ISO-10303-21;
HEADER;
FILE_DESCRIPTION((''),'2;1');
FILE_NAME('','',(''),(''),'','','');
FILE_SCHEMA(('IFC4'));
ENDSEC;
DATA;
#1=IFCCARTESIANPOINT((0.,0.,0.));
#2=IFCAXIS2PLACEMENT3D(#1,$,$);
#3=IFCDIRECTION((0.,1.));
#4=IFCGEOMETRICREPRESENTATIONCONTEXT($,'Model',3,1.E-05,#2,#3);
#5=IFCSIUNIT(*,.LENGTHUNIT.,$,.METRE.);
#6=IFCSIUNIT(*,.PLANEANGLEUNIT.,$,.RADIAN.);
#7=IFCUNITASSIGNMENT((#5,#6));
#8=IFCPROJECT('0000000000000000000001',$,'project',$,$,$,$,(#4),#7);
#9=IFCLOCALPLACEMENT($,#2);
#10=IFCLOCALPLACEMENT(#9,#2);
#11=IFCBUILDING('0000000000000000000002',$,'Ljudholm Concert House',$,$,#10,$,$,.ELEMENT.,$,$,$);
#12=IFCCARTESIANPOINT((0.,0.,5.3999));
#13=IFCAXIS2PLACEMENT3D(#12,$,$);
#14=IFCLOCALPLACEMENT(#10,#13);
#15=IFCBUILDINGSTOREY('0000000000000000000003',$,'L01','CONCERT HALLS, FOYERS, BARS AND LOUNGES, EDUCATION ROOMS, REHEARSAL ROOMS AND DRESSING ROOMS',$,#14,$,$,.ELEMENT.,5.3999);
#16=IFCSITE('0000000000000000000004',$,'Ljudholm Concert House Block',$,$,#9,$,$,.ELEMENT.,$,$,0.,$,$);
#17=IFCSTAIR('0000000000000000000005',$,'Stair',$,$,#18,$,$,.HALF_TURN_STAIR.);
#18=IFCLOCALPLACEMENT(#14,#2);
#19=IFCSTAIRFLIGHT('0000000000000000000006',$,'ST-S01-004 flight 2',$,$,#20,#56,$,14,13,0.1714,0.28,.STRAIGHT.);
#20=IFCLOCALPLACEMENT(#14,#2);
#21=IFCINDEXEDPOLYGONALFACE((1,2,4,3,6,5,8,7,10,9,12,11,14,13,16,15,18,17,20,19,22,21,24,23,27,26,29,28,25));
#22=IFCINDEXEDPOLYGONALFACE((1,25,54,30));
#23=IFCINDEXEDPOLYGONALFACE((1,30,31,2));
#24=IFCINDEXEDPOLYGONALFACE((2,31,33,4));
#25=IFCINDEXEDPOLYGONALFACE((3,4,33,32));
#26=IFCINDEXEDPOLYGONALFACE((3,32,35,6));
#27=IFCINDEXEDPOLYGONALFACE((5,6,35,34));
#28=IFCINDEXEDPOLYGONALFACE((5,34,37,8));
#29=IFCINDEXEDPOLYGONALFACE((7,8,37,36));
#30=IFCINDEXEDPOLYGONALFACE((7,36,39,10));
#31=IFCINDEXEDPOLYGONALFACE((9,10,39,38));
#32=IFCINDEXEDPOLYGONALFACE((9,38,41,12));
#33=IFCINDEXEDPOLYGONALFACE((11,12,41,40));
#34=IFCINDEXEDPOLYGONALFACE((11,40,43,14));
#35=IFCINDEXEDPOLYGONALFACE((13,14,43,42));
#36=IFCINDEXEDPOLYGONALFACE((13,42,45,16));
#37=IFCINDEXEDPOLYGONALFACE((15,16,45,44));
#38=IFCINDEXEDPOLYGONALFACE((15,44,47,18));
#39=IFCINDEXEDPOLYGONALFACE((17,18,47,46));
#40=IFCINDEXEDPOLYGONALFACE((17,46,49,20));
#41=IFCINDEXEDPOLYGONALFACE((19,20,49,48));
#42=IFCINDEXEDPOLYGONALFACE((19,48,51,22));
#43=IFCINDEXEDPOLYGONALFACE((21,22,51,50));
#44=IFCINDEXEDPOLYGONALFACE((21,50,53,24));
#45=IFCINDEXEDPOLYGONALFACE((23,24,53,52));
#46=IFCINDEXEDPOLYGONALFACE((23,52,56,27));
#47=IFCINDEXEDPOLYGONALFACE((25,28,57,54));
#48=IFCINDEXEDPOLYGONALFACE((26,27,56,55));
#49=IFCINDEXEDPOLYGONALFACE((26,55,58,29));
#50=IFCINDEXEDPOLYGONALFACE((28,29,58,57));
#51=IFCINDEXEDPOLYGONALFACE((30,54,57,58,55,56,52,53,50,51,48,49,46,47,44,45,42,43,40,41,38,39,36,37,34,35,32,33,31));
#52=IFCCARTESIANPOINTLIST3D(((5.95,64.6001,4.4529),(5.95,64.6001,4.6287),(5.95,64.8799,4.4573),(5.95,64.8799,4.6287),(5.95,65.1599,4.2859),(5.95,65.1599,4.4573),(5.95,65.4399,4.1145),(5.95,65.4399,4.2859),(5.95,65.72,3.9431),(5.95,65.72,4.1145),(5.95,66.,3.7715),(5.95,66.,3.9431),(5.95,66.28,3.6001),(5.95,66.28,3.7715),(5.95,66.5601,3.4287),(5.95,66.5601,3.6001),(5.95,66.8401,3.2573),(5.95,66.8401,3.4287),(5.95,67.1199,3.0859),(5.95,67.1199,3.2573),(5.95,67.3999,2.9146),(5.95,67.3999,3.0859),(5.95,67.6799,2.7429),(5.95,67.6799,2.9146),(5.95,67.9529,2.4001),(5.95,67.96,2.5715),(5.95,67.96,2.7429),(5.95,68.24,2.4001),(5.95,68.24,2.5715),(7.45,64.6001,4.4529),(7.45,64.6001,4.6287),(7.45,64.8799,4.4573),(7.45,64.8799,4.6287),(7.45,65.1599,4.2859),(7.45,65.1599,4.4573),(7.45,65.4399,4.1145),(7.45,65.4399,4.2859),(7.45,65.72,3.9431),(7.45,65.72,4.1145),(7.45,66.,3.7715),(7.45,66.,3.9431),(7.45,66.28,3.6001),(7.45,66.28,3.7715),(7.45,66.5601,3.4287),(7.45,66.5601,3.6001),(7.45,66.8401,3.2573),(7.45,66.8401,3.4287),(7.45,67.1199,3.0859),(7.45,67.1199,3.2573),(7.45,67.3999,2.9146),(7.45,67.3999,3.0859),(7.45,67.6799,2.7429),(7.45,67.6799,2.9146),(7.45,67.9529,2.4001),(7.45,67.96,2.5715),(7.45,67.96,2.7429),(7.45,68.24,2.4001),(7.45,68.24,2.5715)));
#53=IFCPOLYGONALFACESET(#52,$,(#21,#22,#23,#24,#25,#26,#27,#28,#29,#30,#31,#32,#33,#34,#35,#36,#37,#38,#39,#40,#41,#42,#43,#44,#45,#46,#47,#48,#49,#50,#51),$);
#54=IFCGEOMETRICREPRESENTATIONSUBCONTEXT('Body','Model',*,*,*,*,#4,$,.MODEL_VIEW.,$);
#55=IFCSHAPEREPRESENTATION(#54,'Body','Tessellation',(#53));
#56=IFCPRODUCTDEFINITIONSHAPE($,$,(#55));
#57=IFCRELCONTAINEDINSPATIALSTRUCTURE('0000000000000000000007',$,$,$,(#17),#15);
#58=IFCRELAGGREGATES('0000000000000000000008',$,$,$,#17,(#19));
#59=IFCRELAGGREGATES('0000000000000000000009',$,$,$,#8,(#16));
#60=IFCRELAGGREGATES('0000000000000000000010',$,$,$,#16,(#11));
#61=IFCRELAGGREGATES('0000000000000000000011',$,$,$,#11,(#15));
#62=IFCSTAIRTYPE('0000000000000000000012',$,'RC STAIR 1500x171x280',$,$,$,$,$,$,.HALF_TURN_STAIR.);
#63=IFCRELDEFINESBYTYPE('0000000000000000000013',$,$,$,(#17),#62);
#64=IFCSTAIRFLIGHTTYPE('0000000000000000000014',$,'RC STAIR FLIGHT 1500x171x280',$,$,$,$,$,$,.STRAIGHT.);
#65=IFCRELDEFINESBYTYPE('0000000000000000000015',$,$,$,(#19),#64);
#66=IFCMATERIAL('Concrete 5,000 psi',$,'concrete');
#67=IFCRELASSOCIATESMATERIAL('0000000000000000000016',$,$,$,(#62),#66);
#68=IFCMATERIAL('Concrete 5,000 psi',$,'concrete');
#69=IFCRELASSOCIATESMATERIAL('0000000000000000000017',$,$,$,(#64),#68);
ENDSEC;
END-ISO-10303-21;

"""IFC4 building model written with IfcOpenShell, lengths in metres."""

from ifc_helpers import new_model, si_unit, direction, frame, origin, place, context, subcontext, project, spatial, polyline, outline, extrude, material, type_object, element, aggregate, save


model = new_model("IFC4")

# Units and contexts
model_context = context("Model", 3, precision=1e-05, world=origin(), true_north=direction((0.0, 1.0)))
body_context = subcontext(model_context, "Body", "Model", "MODEL_VIEW")
ifc_project = project(units=[si_unit("LENGTHUNIT", "METRE"), si_unit("PLANEANGLEUNIT", "RADIAN")], contexts=[model_context])

# Site, building, storey
site_placement = place(None, origin())
site = spatial("IfcSite", under=ifc_project, at=site_placement, Name="Ljudholm Concert House Block", CompositionType="ELEMENT", RefElevation=0.0)
building_placement = place(site_placement, origin())
building = spatial("IfcBuilding", under=site, at=building_placement, Name="Ljudholm Concert House", CompositionType="ELEMENT")
storey_placement = place(building_placement, frame((0.0, 0.0, 5.3999)))
storey = spatial("IfcBuildingStorey", under=building, at=storey_placement, Name="L01", Description="CONCERT HALLS, FOYERS, BARS AND LOUNGES, EDUCATION ROOMS, REHEARSAL ROOMS AND DRESSING ROOMS", CompositionType="ELEMENT", Elevation=5.3999)

# Stair, stair flight
ifc_material_1 = material(Name="Concrete 5,000 psi", Category="concrete")
stair_type = type_object("IfcStairType", Name="RC STAIR 1500x171x280", PredefinedType="HALF_TURN_STAIR", material=ifc_material_1)
stair_placement = place(storey_placement, origin())
stair = element("IfcStair", 1, at=stair_placement, inside=storey, type_object=stair_type, Name="Stair", PredefinedType="HALF_TURN_STAIR")
ifc_material_2 = material(Name="Concrete 5,000 psi", Category="concrete")
stair_flight_type = type_object("IfcStairFlightType", Name="RC STAIR FLIGHT 1500x171x280", PredefinedType="STRAIGHT", material=ifc_material_2)
stair_flight_placement = place(storey_placement, frame((6.7, 68.24, 2.4001), z_axis=(0.0, 0.0, 1.0), x_axis=(0.0, -1.0, 0.0)))
stair_flight = element("IfcStairFlight", 2, at=stair_flight_placement, type_object=stair_flight_type, Name="ST-S01-004 flight 2", NumberOfRisers=14, NumberOfTreads=13, PredefinedType="STRAIGHT", RiserHeight=0.1714, TreadLength=0.28, context=body_context, shape_type="SweptSolid", body=[
    extrude(outline(polyline([(0.0, 0.0), (0.0, 0.1714), (0.28, 0.1714), (0.28, 0.3428), (0.5601, 0.3428), (0.5601, 0.5144), (0.8401, 0.5144), (0.8401, 0.6858), (1.1201, 0.6858), (1.1201, 0.8572), (1.3999, 0.8572), (1.3999, 1.0286), (1.6799, 1.0286), (1.6799, 1.2), (1.96, 1.2), (1.96, 1.3713), (2.24, 1.3713), (2.24, 1.543), (2.52, 1.543), (2.52, 1.7144), (2.8, 1.7144), (2.8, 1.8857), (3.0801, 1.8857), (3.0801, 2.0571), (3.3601, 2.0571), (3.3601, 2.2285), (3.6399, 2.2285), (3.6399, 2.3999), (3.6399, 2.0527), (0.2871, 0.0), (0.0, 0.0)])), frame((0.0, 0.75, 0.0), z_axis=(0.0, -1.0, 0.0), x_axis=(1.0, 0.0, 0.0)), (0.0, 0.0, 1.0), 1.5),
])
aggregate(stair, [stair_flight])

save(model, "model.ifc")
